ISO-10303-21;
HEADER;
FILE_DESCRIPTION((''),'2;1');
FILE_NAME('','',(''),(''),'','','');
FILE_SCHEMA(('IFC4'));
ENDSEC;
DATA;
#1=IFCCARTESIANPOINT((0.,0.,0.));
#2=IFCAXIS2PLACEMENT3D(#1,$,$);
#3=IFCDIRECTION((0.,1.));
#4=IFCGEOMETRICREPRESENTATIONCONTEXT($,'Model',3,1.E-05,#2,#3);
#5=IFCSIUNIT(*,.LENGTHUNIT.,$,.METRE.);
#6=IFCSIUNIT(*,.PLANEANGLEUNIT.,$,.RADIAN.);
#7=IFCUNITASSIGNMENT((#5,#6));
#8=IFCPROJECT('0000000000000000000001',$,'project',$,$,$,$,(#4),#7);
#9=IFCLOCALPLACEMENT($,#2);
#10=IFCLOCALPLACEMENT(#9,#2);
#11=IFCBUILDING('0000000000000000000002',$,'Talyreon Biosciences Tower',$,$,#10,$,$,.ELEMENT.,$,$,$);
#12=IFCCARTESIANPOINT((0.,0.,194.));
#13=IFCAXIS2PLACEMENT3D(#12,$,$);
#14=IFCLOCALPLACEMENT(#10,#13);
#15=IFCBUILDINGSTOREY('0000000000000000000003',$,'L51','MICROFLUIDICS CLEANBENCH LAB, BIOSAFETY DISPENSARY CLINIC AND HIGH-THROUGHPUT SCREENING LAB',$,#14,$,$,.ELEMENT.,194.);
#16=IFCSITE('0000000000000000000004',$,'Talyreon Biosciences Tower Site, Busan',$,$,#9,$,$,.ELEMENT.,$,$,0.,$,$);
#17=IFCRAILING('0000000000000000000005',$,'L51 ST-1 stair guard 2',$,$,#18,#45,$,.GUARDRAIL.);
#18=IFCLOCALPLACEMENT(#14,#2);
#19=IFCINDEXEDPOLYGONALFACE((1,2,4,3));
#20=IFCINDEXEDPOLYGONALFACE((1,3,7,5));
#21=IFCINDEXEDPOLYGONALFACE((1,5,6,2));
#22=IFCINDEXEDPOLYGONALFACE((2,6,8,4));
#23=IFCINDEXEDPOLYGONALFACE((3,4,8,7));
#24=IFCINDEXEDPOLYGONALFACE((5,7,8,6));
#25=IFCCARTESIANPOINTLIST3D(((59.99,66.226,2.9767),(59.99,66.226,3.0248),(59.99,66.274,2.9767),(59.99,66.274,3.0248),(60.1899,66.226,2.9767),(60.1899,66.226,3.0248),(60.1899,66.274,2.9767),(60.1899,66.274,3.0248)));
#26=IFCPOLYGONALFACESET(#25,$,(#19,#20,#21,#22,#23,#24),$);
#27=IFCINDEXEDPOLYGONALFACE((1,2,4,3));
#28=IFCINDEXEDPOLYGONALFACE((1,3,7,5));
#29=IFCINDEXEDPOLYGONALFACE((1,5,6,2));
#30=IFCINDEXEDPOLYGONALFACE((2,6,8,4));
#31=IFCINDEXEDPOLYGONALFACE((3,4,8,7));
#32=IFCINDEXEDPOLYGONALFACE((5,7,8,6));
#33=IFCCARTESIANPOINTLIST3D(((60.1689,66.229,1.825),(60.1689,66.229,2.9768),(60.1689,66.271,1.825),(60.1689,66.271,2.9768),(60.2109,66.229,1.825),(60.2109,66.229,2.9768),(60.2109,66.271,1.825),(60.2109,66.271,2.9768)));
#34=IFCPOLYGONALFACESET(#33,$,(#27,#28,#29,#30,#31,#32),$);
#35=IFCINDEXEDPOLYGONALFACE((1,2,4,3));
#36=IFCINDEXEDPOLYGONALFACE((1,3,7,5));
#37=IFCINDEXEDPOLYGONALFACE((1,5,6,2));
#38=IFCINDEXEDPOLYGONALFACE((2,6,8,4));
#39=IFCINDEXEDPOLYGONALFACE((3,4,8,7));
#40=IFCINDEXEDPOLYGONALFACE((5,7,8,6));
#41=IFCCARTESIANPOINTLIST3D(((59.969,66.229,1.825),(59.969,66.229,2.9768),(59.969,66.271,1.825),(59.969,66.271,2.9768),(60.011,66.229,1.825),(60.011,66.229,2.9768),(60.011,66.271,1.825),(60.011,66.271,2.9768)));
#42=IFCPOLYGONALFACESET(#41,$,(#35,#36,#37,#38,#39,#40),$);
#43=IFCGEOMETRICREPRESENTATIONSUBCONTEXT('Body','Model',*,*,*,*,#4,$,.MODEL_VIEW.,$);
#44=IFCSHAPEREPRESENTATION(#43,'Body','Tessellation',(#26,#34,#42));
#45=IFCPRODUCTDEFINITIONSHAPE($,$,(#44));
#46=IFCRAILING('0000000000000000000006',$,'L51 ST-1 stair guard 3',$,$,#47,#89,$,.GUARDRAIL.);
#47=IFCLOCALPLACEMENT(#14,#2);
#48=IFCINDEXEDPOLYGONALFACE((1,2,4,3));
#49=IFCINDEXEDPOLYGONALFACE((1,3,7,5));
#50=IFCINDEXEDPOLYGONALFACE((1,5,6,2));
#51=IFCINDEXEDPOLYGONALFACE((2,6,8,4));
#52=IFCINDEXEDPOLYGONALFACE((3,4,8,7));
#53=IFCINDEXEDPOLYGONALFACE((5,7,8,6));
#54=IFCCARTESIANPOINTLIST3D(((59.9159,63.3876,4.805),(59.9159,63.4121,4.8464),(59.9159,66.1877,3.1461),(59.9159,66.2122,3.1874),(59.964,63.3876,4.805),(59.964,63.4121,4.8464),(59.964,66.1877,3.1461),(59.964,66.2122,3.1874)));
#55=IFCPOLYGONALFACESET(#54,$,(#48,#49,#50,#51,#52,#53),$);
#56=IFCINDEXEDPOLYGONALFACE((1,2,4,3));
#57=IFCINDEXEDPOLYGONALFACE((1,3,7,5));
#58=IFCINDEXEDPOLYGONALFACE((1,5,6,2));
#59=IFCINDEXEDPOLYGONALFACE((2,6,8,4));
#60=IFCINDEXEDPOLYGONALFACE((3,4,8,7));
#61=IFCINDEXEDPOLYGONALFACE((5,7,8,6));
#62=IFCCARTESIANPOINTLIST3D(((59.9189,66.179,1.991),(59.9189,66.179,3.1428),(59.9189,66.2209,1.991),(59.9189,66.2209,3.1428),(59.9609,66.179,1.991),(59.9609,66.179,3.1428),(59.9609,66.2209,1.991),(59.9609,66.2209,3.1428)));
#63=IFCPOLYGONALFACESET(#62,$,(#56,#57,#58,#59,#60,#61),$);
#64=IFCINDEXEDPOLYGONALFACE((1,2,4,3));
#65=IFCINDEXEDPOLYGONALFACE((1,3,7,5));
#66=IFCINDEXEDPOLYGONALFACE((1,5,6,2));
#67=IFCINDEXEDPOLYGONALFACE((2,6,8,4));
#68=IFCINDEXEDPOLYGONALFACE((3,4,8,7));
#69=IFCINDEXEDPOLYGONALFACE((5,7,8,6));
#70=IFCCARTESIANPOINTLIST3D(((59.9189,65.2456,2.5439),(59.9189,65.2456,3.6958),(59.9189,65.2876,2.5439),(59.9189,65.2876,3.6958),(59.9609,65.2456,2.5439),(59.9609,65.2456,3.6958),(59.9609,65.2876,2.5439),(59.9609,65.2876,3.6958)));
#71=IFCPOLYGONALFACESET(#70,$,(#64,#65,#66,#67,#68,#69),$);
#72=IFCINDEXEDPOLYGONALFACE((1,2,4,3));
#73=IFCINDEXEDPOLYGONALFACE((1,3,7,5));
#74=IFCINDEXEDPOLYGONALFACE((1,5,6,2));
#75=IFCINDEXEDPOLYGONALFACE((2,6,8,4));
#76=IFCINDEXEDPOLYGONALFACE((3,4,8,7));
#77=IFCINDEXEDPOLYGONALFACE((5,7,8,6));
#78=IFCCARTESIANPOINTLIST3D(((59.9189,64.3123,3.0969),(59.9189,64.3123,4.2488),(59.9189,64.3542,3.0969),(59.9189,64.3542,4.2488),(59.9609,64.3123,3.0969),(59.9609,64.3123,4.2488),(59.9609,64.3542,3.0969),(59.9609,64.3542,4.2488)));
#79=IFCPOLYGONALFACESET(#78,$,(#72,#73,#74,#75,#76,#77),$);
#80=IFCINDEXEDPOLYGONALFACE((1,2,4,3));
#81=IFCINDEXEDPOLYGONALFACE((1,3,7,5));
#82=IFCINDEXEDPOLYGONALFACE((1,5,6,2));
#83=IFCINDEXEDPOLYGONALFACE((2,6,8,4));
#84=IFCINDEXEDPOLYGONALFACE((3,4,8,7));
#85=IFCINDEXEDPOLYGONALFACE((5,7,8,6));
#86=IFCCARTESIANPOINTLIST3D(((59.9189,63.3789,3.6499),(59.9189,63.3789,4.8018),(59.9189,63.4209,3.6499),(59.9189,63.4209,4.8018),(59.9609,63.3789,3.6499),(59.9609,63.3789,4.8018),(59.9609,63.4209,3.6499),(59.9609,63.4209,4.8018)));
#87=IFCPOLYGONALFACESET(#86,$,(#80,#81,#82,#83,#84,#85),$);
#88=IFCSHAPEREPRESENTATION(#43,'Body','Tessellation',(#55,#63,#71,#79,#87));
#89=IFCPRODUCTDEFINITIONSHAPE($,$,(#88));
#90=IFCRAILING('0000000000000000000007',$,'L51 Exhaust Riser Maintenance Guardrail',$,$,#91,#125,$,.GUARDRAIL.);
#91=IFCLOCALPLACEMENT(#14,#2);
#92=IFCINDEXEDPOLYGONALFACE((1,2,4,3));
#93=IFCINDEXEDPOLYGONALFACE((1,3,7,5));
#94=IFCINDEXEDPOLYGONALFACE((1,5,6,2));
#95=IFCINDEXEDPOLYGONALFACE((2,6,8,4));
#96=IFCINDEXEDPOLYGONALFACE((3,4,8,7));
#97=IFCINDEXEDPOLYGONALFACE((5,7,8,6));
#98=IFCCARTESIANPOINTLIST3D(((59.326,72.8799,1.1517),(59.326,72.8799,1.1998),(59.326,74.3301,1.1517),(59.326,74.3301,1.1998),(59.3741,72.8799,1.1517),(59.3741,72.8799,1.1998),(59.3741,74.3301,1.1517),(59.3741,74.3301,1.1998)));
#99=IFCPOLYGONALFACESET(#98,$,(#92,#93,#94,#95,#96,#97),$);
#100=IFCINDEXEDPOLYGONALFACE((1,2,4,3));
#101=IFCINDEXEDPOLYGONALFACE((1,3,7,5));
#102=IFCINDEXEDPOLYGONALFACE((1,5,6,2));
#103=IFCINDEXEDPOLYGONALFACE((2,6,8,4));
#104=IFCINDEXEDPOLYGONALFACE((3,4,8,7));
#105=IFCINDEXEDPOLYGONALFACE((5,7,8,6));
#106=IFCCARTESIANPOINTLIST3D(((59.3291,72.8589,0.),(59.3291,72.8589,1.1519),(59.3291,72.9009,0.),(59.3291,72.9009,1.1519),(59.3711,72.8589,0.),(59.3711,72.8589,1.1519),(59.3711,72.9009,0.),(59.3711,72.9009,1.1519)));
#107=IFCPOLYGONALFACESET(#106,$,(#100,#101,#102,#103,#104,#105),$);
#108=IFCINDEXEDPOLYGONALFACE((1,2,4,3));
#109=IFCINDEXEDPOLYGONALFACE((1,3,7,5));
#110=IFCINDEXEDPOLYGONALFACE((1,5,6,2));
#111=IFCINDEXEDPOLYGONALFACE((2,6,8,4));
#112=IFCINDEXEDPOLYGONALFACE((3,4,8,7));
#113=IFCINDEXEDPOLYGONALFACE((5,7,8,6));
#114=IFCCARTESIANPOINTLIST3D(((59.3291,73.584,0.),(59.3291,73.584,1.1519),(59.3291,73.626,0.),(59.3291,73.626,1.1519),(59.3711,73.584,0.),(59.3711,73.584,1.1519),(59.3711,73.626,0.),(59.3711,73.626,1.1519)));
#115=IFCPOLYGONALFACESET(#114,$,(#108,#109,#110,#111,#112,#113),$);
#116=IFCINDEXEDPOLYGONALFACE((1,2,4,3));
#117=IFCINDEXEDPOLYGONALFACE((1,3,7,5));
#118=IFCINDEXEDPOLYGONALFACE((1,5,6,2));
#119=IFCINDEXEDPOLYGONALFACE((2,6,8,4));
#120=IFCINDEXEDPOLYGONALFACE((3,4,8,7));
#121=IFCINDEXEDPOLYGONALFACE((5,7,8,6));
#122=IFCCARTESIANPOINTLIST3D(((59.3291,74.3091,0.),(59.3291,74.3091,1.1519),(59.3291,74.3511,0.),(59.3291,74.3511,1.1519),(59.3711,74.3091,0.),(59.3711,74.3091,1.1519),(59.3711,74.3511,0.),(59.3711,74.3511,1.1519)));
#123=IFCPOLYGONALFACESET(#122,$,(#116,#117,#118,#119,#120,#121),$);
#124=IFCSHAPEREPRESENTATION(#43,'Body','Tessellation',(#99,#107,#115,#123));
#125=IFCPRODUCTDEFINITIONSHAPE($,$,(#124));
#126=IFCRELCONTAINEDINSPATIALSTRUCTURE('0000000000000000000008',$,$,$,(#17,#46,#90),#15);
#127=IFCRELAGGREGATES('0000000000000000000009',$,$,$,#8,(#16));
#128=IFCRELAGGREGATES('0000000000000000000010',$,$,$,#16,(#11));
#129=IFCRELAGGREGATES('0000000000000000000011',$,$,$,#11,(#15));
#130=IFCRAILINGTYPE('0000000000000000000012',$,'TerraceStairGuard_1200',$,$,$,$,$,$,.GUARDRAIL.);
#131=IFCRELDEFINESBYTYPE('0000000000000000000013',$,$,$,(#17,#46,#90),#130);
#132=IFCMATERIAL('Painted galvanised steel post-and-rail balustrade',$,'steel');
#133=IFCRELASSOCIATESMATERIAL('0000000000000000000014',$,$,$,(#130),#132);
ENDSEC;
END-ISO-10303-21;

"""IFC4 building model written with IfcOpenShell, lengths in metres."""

from ifc_helpers import new_model, si_unit, direction, frame, origin, origin_2d, place, context, subcontext, project, spatial, rectangle, extrude, material, type_object, element, save


model = new_model("IFC4")

# Units and contexts
model_context = context("Model", 3, precision=1e-05, world=origin(), true_north=direction((0.0, 1.0)))
body_context = subcontext(model_context, "Body", "Model", "MODEL_VIEW")
ifc_project = project(units=[si_unit("LENGTHUNIT", "METRE"), si_unit("PLANEANGLEUNIT", "RADIAN")], contexts=[model_context])

# Site, building, storey
site_placement = place(None, origin())
site = spatial("IfcSite", under=ifc_project, at=site_placement, Name="Talyreon Biosciences Tower Site, Busan", CompositionType="ELEMENT", RefElevation=0.0)
building_placement = place(site_placement, origin())
building = spatial("IfcBuilding", under=site, at=building_placement, Name="Talyreon Biosciences Tower", CompositionType="ELEMENT")
storey_placement = place(building_placement, frame((0.0, 0.0, 194.0)))
storey = spatial("IfcBuildingStorey", under=building, at=storey_placement, Name="L51", Description="MICROFLUIDICS CLEANBENCH LAB, BIOSAFETY DISPENSARY CLINIC AND HIGH-THROUGHPUT SCREENING LAB", CompositionType="ELEMENT", Elevation=194.0)

# Railings
ifc_material_1 = material(Name="Painted galvanised steel post-and-rail balustrade", Category="steel")
railing_type_1 = type_object("IfcRailingType", Name="TerraceStairGuard_1200", PredefinedType="GUARDRAIL", material=ifc_material_1)
railing_1_placement = place(storey_placement, frame((60.1899, 66.25, 1.825)))
element("IfcRailing", 1, at=railing_1_placement, inside=storey, type_object=railing_type_1, Name="L51 ST-1 stair guard 2", PredefinedType="GUARDRAIL", context=body_context, shape_type="SweptSolid", body=[
    extrude(rectangle(XDim=0.0481, YDim=0.0481, at=origin_2d()), frame((0.0, 0.0, 1.1758), z_axis=(-1.0, 0.0, 0.0), x_axis=(0.0, -1.0, 0.0)), (0.0, 0.0, 1.0), 0.2),
    extrude(rectangle(XDim=0.042, YDim=0.042, at=origin_2d()), origin(), (0.0, 0.0, 1.0), 1.1519),
    extrude(rectangle(XDim=0.042, YDim=0.042, at=origin_2d()), frame((-0.2, 0.0, 0.0)), (0.0, 0.0, 1.0), 1.1519),
])
railing_2_placement = place(storey_placement, frame((59.9399, 66.2, 1.991)))
element("IfcRailing", 2, at=railing_2_placement, inside=storey, type_object=railing_type_1, Name="L51 ST-1 stair guard 3", PredefinedType="GUARDRAIL", context=body_context, shape_type="SweptSolid", body=[
    extrude(rectangle(XDim=0.0481, YDim=0.0481, at=origin_2d()), frame((0.0, 0.0, 1.1758), z_axis=(0.0, -0.860339, 0.509722), x_axis=(1.0, 0.0, 0.0)), (0.0, 0.0, 1.0), 3.2546),
    extrude(rectangle(XDim=0.042, YDim=0.042, at=origin_2d()), origin(), (0.0, 0.0, 1.0), 1.1519),
    extrude(rectangle(XDim=0.042, YDim=0.042, at=origin_2d()), frame((0.0, -0.9333, 0.553)), (0.0, 0.0, 1.0), 1.1519),
    extrude(rectangle(XDim=0.042, YDim=0.042, at=origin_2d()), frame((0.0, -1.8667, 1.106)), (0.0, 0.0, 1.0), 1.1519),
    extrude(rectangle(XDim=0.042, YDim=0.042, at=origin_2d()), frame((0.0, -2.8, 1.6589)), (0.0, 0.0, 1.0), 1.1519),
])
railing_3_placement = place(storey_placement, frame((59.3501, 72.8799, 0.0)))
element("IfcRailing", 3, at=railing_3_placement, inside=storey, type_object=railing_type_1, Name="L51 Exhaust Riser Maintenance Guardrail", PredefinedType="GUARDRAIL", context=body_context, shape_type="SweptSolid", body=[
    extrude(rectangle(XDim=0.0481, YDim=0.0481, at=origin_2d()), frame((0.0, 0.0, 1.1758), z_axis=(0.0, 1.0, 0.0), x_axis=(-1.0, 0.0, 0.0)), (0.0, 0.0, 1.0), 1.4502),
    extrude(rectangle(XDim=0.042, YDim=0.042, at=origin_2d()), origin(), (0.0, 0.0, 1.0), 1.1519),
    extrude(rectangle(XDim=0.042, YDim=0.042, at=origin_2d()), frame((0.0, 0.7251, 0.0)), (0.0, 0.0, 1.0), 1.1519),
    extrude(rectangle(XDim=0.042, YDim=0.042, at=origin_2d()), frame((0.0, 1.4502, 0.0)), (0.0, 0.0, 1.0), 1.1519),
])

save(model, "model.ifc")
